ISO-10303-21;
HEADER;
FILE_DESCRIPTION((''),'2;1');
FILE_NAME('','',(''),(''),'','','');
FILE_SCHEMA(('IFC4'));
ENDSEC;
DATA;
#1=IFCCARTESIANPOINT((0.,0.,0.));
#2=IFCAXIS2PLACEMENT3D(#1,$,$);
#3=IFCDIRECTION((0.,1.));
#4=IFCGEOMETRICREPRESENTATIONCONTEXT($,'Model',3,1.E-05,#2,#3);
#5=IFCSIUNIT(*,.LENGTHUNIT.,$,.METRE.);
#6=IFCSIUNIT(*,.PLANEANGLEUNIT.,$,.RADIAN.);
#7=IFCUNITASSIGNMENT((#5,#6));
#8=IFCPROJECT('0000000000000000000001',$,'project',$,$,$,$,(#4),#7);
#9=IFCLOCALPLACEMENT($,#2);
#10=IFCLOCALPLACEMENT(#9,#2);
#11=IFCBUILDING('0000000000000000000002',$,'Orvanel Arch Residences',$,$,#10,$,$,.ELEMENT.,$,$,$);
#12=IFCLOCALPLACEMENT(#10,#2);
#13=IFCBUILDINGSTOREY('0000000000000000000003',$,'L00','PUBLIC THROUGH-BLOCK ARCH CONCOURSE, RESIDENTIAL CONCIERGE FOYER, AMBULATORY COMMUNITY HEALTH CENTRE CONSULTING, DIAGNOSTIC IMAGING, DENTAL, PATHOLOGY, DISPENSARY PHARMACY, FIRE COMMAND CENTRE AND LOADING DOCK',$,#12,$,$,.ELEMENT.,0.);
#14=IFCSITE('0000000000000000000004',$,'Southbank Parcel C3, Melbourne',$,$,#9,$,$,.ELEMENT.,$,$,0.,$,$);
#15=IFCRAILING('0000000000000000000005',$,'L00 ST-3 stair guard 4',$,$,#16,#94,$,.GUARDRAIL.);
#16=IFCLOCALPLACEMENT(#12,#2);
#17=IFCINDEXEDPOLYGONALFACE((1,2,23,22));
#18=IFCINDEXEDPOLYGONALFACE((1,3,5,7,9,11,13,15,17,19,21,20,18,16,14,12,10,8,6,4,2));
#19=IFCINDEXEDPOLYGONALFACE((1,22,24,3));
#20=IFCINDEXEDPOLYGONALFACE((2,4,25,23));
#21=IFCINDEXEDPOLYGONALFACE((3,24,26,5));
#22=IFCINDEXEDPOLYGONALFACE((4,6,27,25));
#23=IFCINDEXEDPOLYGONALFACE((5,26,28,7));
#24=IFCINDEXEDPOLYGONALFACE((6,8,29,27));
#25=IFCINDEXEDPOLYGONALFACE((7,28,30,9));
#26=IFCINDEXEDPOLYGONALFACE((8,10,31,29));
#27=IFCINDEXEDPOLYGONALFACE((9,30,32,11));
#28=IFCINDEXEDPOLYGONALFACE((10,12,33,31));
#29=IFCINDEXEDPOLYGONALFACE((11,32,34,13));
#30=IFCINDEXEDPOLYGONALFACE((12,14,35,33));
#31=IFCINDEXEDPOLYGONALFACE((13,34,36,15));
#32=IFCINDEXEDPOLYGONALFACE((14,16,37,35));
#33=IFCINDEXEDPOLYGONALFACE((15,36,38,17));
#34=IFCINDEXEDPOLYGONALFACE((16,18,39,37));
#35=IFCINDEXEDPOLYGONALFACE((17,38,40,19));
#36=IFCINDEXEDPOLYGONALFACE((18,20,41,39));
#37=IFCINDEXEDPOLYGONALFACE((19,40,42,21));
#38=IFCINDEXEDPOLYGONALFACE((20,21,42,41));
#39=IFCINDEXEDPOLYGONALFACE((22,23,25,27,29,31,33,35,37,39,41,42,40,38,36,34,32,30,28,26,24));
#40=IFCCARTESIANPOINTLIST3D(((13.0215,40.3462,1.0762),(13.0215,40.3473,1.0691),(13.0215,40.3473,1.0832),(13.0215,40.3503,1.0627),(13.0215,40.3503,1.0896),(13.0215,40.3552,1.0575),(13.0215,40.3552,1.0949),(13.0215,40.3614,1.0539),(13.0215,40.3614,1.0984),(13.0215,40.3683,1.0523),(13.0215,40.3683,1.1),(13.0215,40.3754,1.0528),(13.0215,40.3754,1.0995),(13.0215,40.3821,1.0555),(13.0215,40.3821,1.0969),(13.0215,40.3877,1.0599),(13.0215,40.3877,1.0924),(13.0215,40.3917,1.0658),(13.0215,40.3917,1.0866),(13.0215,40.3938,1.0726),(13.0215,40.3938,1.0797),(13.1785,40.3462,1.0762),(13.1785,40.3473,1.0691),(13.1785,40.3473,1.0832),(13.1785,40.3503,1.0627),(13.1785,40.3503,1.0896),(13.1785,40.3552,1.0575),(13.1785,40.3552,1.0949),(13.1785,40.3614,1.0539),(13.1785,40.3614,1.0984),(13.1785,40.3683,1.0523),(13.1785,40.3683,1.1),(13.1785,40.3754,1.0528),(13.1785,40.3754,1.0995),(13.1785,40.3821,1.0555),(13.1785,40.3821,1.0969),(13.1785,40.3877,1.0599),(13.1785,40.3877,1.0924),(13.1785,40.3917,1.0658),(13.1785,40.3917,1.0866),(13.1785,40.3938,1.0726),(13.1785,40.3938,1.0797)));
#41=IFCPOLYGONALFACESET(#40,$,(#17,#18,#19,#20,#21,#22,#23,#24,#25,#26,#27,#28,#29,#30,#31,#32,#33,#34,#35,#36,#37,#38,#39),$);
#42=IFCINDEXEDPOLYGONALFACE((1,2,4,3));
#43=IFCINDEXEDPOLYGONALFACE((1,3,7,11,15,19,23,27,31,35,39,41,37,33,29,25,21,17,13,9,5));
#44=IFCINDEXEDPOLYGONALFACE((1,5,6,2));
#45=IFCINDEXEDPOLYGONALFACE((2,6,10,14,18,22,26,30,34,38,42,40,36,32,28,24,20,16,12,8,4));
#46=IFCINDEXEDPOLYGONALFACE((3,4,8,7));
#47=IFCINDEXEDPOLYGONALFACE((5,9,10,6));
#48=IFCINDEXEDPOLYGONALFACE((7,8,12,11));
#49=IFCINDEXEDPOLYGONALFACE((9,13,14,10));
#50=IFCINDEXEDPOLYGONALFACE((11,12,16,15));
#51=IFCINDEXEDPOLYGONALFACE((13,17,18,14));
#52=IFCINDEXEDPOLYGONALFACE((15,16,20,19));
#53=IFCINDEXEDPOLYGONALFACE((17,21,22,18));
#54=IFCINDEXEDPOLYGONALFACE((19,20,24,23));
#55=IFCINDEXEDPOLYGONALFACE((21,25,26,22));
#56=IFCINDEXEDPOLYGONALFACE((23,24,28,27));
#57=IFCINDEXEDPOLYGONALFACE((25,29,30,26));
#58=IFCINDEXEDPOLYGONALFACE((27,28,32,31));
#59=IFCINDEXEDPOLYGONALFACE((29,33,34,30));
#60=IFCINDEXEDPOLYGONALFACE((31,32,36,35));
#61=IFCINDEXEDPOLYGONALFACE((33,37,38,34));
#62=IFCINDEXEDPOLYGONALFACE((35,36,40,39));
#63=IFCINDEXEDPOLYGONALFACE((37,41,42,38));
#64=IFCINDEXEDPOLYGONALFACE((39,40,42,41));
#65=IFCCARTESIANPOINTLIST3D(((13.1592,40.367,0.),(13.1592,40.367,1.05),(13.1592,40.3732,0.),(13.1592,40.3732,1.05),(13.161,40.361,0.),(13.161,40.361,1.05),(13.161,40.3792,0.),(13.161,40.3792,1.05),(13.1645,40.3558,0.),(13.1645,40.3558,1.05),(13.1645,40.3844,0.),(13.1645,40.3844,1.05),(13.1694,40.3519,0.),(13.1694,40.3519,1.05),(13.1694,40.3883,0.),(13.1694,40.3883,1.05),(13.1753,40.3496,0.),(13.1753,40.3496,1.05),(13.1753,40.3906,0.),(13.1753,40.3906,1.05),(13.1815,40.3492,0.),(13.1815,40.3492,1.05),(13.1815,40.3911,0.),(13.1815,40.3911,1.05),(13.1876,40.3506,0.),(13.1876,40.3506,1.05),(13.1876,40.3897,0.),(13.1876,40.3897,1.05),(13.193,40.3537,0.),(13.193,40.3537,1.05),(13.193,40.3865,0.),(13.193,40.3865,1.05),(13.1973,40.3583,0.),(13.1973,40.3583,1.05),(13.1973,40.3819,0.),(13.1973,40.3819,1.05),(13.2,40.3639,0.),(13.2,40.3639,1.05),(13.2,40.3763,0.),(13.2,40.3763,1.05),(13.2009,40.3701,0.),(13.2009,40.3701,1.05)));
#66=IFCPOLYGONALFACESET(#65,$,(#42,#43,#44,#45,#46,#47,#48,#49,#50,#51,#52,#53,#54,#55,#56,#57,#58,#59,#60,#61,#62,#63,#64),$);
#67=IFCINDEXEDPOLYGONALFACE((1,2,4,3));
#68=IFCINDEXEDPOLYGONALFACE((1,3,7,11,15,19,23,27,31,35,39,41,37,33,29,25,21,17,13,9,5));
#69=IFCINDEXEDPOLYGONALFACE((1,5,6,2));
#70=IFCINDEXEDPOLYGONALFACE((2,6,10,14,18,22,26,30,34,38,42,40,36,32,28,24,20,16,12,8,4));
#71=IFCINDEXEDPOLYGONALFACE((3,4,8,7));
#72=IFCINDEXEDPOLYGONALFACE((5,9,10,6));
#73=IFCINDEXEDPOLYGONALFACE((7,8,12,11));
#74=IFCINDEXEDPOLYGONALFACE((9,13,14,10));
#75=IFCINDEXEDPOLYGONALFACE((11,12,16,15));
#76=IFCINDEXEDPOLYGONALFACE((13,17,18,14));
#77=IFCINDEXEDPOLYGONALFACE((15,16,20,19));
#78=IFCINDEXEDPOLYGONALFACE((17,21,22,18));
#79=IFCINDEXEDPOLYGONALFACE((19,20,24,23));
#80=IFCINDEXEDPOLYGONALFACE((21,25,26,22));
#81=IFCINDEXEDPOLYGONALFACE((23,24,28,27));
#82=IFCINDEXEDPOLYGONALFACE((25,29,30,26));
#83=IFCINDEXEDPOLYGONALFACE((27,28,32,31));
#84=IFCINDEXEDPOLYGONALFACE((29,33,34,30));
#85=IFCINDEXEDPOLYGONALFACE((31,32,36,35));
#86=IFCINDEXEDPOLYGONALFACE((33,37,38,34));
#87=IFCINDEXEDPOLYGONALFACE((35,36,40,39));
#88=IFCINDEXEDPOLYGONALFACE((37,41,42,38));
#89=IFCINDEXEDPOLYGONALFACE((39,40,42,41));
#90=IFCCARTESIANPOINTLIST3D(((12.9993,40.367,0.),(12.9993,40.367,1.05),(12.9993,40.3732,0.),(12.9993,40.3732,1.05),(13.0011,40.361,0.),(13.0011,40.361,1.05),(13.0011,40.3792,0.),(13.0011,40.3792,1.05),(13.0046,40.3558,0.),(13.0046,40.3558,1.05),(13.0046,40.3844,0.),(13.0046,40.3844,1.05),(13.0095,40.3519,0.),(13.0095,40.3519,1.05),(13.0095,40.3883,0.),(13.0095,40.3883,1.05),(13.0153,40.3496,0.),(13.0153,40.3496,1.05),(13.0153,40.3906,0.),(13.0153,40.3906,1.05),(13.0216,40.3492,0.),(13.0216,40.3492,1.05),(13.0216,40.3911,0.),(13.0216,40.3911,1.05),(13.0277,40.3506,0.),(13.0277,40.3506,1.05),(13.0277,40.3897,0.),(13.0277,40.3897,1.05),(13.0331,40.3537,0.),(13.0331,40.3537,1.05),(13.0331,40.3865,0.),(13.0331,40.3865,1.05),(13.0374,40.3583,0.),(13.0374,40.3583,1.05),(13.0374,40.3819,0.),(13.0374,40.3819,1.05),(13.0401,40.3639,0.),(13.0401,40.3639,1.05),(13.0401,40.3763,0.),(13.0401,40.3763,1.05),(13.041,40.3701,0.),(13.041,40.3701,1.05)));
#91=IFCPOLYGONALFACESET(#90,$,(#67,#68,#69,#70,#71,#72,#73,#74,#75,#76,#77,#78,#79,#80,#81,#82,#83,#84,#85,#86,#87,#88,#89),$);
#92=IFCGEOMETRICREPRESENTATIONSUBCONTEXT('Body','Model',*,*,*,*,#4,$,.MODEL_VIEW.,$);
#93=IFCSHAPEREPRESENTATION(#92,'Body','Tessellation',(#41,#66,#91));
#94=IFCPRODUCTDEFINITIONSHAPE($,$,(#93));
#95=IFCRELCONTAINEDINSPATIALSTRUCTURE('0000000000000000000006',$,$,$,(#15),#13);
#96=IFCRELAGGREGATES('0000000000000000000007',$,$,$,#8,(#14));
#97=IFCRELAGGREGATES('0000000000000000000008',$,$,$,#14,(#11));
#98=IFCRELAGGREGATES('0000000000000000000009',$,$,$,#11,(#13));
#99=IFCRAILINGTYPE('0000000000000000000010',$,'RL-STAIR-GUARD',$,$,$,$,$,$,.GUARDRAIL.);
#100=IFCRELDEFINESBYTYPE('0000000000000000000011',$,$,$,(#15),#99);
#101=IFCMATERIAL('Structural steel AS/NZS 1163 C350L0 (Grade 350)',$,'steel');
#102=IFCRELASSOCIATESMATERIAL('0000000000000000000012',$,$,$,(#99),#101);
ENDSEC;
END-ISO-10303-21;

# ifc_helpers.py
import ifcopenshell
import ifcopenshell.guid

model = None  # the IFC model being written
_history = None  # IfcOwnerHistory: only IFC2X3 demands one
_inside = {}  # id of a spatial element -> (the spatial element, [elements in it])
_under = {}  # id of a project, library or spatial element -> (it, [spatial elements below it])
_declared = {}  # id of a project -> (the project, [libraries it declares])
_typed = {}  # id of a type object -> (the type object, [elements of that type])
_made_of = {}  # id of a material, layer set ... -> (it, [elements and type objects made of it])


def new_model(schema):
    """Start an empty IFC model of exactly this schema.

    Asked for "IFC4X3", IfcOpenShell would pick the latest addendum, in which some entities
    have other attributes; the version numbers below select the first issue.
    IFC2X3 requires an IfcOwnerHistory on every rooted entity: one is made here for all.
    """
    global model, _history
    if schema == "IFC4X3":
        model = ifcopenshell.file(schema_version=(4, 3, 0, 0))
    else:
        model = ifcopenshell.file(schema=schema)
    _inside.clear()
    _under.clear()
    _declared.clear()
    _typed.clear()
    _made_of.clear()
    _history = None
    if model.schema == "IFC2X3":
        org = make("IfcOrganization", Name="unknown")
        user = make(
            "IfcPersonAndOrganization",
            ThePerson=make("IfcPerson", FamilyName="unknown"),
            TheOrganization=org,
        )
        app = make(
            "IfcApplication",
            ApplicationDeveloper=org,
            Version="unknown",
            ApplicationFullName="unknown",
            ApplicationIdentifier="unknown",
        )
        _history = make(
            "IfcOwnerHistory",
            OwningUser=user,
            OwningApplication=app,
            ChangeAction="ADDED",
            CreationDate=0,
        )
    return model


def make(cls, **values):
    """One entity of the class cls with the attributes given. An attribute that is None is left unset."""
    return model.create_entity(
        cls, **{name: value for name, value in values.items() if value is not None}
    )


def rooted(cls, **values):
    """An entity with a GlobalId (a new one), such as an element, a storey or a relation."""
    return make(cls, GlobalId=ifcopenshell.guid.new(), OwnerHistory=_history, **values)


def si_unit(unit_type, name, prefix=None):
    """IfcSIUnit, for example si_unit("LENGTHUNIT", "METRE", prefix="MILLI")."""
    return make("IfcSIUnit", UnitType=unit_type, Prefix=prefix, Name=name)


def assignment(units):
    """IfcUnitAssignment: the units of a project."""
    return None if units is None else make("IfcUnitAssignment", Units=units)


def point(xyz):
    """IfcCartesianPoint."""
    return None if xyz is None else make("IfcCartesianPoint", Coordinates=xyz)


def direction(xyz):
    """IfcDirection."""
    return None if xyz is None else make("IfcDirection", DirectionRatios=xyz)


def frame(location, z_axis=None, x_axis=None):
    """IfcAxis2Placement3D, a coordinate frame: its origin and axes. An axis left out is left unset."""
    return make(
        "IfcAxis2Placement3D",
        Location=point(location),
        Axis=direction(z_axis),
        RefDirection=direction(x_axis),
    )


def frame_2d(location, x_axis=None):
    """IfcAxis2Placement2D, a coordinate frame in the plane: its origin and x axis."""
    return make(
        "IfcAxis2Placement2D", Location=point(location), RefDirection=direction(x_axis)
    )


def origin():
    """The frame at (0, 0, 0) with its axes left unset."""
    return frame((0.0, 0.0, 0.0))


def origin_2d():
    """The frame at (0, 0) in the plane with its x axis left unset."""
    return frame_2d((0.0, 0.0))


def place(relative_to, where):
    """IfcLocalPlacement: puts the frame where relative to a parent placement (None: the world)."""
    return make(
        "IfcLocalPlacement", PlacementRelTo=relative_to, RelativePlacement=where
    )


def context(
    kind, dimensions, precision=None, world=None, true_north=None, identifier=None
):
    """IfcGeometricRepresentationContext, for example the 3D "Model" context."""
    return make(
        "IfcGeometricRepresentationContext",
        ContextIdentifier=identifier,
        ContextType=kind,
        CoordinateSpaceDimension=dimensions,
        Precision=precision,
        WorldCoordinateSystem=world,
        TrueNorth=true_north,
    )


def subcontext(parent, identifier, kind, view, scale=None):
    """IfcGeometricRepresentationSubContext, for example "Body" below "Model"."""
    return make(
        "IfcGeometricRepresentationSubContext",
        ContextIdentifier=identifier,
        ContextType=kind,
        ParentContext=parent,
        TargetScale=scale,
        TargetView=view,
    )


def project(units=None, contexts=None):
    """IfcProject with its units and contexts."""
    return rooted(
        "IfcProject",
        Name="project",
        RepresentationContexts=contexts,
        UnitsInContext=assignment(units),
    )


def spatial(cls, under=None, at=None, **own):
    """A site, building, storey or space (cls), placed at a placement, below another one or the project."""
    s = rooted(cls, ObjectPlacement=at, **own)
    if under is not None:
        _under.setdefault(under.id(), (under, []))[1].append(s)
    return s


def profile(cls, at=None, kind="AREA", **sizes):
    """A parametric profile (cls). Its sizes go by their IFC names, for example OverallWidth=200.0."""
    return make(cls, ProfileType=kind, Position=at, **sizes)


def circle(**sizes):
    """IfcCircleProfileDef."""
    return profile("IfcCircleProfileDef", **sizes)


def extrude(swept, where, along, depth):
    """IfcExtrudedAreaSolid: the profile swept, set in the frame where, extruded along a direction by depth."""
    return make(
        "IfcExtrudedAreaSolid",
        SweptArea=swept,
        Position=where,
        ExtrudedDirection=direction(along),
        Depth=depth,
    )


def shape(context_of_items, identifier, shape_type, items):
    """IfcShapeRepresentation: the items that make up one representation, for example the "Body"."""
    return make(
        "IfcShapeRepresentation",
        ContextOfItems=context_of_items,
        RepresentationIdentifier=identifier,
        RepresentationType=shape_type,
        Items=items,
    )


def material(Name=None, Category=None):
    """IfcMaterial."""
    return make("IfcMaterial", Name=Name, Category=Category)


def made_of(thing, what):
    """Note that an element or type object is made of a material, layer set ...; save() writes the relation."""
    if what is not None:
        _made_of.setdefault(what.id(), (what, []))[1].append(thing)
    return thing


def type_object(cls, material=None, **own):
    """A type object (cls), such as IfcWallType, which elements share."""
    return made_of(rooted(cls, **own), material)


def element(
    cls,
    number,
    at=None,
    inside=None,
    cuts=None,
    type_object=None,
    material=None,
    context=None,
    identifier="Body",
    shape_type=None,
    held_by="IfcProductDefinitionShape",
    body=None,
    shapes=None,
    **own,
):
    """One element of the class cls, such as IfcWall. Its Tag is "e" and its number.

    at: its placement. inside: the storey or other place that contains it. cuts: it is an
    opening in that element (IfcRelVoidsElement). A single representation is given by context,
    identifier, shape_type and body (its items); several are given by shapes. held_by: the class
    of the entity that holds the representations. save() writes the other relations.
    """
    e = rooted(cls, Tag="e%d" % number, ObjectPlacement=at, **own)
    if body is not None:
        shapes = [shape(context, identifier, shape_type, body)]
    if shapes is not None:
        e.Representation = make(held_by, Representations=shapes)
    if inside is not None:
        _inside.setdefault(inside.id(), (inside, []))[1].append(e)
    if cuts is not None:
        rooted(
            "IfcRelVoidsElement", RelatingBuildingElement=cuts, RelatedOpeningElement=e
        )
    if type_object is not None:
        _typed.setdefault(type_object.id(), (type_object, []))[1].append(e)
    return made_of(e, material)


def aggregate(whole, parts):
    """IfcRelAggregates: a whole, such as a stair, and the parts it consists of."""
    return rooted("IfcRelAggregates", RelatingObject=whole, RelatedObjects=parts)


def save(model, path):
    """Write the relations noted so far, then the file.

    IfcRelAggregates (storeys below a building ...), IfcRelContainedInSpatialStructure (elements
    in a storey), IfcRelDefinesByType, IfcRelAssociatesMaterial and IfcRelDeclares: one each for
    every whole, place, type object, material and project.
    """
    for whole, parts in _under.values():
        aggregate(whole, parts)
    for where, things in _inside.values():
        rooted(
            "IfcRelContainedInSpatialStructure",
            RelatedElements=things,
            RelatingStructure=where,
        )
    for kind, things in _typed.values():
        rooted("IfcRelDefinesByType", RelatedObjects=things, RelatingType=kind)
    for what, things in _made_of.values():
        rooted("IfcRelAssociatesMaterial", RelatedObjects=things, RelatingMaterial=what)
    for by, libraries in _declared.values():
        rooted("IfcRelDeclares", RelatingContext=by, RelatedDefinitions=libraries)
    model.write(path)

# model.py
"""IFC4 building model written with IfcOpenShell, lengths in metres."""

from ifc_helpers import new_model, si_unit, direction, frame, origin, origin_2d, place, context, subcontext, project, spatial, circle, extrude, material, type_object, element, save


model = new_model("IFC4")

# Units and contexts
model_context = context("Model", 3, precision=1e-05, world=origin(), true_north=direction((0.0, 1.0)))
body_context = subcontext(model_context, "Body", "Model", "MODEL_VIEW")
ifc_project = project(units=[si_unit("LENGTHUNIT", "METRE"), si_unit("PLANEANGLEUNIT", "RADIAN")], contexts=[model_context])

# Site, building, storey
site_placement = place(None, origin())
site = spatial("IfcSite", under=ifc_project, at=site_placement, Name="Southbank Parcel C3, Melbourne", CompositionType="ELEMENT", RefElevation=0.0)
building_placement = place(site_placement, origin())
building = spatial("IfcBuilding", under=site, at=building_placement, Name="Orvanel Arch Residences", CompositionType="ELEMENT")
storey_placement = place(building_placement, origin())
storey = spatial("IfcBuildingStorey", under=building, at=storey_placement, Name="L00", Description="PUBLIC THROUGH-BLOCK ARCH CONCOURSE, RESIDENTIAL CONCIERGE FOYER, AMBULATORY COMMUNITY HEALTH CENTRE CONSULTING, DIAGNOSTIC IMAGING, DENTAL, PATHOLOGY, DISPENSARY PHARMACY, FIRE COMMAND CENTRE AND LOADING DOCK", CompositionType="ELEMENT", Elevation=0.0)

# Shared definitions
ifc_material_1 = material(Name="Structural steel AS/NZS 1163 C350L0 (Grade 350)", Category="steel")

# Railing
railing_type_1 = type_object("IfcRailingType", Name="RL-STAIR-GUARD", PredefinedType="GUARDRAIL", material=ifc_material_1)
railing_1_placement = place(storey_placement, frame((13.1799, 40.3701, 0.0)))
element("IfcRailing", 1, at=railing_1_placement, inside=storey, type_object=railing_type_1, Name="L00 ST-3 stair guard 4", PredefinedType="GUARDRAIL", context=body_context, shape_type="SweptSolid", body=[
    extrude(circle(Radius=0.0239, at=origin_2d()), frame((-0.0015, 0.0, 1.0762), z_axis=(-1.0, 0.0, 0.0), x_axis=(0.0, -1.0, 0.0)), (0.0, 0.0, 1.0), 0.157),
    extrude(circle(Radius=0.021, at=origin_2d()), origin(), (0.0, 0.0, 1.0), 1.05),
    extrude(circle(Radius=0.021, at=origin_2d()), frame((-0.1599, 0.0, 0.0)), (0.0, 0.0, 1.0), 1.05),
])

save(model, "model.ifc")
